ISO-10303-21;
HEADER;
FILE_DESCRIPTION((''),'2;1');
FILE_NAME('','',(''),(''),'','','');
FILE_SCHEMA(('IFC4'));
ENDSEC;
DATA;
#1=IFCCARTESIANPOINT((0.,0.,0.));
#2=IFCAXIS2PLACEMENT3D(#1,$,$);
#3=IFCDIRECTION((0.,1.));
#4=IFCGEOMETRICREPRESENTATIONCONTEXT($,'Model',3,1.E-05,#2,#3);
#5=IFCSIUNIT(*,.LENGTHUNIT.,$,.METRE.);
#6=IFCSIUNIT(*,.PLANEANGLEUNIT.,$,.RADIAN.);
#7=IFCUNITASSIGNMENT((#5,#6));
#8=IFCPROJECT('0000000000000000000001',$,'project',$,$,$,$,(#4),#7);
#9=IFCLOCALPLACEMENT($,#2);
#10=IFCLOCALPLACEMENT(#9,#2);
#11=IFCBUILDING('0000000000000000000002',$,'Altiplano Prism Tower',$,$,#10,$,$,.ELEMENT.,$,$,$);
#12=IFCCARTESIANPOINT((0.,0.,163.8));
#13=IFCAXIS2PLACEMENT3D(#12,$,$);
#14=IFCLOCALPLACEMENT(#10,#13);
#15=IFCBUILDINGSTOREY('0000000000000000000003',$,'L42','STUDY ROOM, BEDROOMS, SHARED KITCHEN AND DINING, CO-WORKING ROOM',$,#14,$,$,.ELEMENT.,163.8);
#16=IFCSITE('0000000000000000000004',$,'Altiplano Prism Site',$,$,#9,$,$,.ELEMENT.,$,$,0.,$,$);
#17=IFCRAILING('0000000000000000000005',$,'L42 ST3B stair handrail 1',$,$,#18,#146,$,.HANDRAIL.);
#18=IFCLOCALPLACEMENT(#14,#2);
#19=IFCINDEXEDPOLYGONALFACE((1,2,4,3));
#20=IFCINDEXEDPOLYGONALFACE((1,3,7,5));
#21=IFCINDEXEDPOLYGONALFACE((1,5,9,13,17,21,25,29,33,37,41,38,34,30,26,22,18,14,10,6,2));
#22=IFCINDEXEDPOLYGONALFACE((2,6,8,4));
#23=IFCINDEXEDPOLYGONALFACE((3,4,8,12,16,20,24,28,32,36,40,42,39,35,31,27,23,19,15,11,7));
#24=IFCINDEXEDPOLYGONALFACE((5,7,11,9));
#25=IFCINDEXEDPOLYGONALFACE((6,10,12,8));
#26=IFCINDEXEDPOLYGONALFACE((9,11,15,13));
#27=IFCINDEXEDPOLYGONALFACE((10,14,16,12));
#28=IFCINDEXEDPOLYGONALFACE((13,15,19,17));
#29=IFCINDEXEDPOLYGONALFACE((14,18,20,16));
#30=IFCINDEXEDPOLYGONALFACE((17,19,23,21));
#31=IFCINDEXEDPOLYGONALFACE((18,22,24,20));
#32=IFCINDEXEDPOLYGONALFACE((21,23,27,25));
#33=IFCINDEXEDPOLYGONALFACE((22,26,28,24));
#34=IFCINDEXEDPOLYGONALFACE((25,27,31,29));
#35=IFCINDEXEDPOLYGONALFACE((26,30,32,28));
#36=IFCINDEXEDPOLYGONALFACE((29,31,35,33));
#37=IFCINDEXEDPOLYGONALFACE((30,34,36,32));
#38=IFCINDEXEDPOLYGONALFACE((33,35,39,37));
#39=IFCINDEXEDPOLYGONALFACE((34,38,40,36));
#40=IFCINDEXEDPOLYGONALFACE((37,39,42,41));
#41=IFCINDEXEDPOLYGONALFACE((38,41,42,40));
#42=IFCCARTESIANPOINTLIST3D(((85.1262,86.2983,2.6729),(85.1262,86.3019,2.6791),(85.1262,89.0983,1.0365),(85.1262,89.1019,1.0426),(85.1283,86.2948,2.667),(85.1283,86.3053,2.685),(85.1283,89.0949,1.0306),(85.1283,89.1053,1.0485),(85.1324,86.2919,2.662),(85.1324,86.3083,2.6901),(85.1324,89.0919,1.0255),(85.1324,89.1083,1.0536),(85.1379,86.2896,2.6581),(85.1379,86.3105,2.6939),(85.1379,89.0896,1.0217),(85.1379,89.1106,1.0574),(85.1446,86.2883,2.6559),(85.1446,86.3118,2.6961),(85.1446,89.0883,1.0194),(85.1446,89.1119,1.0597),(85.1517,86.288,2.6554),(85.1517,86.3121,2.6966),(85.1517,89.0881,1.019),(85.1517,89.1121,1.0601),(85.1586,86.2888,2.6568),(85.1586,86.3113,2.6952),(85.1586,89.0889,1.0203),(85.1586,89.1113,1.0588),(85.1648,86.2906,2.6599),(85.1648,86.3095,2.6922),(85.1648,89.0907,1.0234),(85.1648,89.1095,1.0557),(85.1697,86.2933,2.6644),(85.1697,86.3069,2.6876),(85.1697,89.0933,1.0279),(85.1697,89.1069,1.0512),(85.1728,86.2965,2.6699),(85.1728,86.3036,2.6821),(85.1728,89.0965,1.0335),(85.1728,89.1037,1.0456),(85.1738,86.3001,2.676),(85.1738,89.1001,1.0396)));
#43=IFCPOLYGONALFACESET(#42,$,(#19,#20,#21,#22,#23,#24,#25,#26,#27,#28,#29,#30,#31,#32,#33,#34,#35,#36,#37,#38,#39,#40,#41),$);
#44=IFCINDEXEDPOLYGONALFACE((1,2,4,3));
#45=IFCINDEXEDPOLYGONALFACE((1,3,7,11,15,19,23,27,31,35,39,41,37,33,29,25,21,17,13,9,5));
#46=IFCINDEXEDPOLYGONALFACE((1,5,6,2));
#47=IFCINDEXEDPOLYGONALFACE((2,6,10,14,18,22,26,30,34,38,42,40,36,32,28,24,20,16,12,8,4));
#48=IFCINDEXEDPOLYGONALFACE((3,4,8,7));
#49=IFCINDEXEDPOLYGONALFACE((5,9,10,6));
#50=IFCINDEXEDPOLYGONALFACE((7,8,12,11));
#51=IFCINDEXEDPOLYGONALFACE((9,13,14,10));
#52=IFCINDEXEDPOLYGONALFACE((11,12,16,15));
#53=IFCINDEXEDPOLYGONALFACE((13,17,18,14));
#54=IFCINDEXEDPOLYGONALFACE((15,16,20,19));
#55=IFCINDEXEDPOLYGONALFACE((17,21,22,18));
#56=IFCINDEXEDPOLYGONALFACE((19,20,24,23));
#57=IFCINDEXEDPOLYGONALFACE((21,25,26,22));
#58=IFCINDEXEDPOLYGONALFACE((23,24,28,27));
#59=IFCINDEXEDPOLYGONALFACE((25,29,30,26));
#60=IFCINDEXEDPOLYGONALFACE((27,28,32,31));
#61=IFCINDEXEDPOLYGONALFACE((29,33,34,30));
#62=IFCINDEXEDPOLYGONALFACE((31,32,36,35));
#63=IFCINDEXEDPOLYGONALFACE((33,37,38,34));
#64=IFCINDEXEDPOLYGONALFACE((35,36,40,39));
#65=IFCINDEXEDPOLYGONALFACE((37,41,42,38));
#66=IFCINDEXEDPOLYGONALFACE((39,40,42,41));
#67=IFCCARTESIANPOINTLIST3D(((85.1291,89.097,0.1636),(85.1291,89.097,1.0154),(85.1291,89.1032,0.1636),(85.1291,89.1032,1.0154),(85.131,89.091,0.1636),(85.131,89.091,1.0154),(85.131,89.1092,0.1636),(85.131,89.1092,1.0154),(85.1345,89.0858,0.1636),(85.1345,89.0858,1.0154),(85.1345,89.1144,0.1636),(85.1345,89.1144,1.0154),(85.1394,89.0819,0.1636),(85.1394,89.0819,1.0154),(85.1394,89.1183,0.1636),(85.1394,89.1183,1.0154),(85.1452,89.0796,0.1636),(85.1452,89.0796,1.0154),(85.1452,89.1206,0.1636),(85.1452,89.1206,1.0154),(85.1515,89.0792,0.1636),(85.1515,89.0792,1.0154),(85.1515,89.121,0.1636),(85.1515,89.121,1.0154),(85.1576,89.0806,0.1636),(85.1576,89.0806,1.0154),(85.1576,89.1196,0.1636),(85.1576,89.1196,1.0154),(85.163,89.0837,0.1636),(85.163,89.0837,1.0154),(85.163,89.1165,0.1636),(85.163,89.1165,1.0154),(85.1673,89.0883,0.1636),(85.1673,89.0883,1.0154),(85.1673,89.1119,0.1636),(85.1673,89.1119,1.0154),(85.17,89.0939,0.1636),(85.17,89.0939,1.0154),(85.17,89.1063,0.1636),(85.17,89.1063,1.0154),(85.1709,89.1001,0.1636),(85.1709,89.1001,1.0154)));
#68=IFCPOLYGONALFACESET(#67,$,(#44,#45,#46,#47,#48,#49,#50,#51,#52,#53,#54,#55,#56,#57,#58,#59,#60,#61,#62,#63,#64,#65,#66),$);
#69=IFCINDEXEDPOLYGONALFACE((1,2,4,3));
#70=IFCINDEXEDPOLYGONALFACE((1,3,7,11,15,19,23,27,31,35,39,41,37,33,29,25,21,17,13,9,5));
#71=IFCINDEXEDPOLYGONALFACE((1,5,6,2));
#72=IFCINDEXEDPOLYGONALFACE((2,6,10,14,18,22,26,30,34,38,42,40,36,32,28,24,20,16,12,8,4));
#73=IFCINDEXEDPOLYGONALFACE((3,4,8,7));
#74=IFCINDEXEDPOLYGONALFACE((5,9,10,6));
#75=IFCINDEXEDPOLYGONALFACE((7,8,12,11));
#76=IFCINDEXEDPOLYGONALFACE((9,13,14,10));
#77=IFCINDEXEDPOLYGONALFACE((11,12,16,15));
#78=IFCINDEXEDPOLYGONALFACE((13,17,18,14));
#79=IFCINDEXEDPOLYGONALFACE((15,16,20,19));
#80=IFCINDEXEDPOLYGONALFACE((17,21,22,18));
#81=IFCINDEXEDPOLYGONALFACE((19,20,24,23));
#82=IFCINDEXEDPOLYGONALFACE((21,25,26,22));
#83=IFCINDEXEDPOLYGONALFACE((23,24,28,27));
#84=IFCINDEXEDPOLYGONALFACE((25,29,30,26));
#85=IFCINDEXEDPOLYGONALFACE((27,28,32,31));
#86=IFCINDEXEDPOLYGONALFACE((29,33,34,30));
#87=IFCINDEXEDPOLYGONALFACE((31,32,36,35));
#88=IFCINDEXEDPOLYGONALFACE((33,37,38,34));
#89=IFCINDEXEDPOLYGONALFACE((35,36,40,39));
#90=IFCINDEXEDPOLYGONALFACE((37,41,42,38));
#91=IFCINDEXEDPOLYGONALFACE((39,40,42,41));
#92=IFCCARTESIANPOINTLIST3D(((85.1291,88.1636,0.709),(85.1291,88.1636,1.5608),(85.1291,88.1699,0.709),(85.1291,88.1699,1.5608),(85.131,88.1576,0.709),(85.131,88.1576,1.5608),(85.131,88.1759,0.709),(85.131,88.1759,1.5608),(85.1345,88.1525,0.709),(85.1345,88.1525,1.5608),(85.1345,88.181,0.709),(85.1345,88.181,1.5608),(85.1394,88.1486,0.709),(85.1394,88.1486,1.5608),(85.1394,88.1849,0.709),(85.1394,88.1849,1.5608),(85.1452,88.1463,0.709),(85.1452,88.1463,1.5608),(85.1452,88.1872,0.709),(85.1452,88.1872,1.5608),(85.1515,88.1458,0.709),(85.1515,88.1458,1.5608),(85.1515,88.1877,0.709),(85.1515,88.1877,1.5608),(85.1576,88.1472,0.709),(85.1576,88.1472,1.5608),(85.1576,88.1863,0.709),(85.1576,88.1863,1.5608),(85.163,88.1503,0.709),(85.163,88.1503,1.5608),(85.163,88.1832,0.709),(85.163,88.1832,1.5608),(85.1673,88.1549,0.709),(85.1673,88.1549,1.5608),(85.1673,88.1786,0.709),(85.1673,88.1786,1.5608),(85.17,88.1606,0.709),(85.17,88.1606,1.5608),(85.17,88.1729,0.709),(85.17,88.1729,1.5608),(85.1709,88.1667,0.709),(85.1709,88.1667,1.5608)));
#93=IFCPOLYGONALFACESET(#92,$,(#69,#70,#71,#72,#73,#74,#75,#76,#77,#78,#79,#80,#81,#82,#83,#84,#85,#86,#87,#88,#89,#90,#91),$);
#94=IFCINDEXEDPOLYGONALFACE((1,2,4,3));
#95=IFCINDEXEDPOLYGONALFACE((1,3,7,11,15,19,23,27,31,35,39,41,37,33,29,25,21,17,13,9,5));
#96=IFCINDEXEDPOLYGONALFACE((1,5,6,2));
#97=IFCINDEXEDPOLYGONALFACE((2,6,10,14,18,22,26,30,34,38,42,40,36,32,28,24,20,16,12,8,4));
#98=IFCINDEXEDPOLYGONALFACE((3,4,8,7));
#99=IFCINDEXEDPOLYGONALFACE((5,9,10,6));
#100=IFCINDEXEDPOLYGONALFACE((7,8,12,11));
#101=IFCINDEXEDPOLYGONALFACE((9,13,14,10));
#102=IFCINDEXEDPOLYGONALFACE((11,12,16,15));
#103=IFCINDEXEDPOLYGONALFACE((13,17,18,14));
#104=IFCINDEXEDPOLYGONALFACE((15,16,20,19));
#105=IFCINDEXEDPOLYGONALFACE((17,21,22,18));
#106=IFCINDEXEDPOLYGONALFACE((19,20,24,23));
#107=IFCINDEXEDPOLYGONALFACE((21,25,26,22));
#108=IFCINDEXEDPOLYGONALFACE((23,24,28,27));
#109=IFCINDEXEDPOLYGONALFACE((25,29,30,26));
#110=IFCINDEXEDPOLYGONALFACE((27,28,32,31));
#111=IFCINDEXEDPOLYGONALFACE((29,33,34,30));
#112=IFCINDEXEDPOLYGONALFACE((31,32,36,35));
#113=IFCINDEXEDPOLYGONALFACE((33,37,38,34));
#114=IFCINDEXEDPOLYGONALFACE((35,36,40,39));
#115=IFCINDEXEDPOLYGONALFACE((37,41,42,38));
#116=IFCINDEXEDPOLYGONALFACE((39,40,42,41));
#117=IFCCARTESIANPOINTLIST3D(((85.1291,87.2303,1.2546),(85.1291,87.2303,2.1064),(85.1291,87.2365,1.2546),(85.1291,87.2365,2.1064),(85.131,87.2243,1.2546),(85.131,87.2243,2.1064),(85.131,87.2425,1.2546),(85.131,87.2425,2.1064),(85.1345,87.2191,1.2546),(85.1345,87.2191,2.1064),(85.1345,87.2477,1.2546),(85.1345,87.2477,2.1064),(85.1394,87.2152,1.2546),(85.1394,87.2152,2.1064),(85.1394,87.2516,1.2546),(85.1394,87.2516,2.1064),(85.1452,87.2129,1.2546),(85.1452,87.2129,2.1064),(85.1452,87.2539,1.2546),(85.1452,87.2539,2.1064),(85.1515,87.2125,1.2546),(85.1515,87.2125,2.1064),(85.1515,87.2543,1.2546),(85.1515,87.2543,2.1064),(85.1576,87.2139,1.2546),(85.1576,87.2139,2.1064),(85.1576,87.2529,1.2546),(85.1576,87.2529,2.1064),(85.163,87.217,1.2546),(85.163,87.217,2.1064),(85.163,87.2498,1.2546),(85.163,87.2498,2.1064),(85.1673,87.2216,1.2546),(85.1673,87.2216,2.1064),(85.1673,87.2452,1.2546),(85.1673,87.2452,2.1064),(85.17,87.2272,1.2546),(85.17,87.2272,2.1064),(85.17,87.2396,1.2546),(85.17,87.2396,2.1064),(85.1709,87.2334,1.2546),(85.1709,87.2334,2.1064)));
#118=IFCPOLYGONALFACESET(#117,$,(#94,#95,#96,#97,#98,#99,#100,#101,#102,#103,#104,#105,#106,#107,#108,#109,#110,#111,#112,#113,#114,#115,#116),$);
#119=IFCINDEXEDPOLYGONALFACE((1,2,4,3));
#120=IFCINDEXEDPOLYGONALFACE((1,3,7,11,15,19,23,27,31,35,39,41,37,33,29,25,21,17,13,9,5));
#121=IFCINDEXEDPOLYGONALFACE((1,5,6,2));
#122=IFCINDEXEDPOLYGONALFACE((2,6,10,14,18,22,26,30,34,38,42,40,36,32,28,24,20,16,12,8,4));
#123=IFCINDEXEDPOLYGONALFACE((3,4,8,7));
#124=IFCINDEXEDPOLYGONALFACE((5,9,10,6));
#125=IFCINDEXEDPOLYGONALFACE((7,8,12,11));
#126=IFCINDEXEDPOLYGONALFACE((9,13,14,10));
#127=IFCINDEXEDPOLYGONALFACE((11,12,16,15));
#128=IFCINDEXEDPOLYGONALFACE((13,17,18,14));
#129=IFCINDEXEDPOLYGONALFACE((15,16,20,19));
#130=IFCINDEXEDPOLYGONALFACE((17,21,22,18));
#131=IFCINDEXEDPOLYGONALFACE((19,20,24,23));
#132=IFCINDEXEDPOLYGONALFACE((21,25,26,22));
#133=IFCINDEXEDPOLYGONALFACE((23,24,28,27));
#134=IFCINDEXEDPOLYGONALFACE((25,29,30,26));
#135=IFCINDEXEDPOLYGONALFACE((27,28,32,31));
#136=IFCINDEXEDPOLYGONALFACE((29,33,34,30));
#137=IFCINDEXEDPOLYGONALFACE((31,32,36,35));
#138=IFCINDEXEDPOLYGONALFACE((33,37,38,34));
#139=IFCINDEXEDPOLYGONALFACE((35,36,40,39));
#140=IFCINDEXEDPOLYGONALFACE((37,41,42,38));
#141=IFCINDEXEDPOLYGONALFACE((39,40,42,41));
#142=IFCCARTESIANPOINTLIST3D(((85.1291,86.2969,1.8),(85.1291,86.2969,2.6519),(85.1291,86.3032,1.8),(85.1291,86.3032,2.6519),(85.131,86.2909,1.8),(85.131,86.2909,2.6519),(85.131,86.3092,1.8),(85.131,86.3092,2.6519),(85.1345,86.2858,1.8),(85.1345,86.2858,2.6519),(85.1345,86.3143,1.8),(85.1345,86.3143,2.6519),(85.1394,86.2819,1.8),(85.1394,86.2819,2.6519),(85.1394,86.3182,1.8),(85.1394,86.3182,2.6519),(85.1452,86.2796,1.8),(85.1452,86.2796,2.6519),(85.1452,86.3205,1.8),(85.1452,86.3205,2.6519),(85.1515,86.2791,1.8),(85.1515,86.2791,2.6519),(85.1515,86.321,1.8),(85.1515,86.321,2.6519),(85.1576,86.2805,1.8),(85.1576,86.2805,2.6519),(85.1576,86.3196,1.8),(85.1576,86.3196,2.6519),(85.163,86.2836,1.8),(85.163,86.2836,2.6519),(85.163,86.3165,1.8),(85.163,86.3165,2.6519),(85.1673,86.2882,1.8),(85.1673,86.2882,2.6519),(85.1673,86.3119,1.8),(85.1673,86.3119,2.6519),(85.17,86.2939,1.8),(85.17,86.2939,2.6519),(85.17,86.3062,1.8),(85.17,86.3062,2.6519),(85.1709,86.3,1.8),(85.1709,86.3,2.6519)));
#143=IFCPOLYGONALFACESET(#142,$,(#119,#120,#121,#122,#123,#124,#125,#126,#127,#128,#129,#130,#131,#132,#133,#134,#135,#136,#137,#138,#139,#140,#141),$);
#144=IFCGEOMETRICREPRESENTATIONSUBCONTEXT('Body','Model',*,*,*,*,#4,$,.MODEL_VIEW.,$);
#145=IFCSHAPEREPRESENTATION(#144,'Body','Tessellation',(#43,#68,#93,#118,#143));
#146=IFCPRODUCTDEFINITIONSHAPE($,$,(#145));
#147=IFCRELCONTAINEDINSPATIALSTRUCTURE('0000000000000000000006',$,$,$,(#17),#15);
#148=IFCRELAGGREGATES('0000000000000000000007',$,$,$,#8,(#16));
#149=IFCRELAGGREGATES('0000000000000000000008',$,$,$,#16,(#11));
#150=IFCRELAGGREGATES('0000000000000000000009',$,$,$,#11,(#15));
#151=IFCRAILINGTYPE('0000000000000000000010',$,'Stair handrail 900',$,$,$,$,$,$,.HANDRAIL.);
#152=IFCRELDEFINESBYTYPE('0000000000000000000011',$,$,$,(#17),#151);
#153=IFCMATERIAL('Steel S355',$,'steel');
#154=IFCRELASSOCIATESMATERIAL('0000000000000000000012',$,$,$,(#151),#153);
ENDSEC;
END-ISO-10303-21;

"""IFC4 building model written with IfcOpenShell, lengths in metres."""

from ifc_helpers import new_model, si_unit, direction, frame, origin, origin_2d, place, context, subcontext, project, spatial, circle, extrude, material, type_object, element, save


model = new_model("IFC4")

# Units and contexts
model_context = context("Model", 3, precision=1e-05, world=origin(), true_north=direction((0.0, 1.0)))
body_context = subcontext(model_context, "Body", "Model", "MODEL_VIEW")
ifc_project = project(units=[si_unit("LENGTHUNIT", "METRE"), si_unit("PLANEANGLEUNIT", "RADIAN")], contexts=[model_context])

# Site, building, storey
site_placement = place(None, origin())
site = spatial("IfcSite", under=ifc_project, at=site_placement, Name="Altiplano Prism Site", CompositionType="ELEMENT", RefElevation=0.0)
building_placement = place(site_placement, origin())
building = spatial("IfcBuilding", under=site, at=building_placement, Name="Altiplano Prism Tower", CompositionType="ELEMENT")
storey_placement = place(building_placement, frame((0.0, 0.0, 163.8)))
storey = spatial("IfcBuildingStorey", under=building, at=storey_placement, Name="L42", Description="STUDY ROOM, BEDROOMS, SHARED KITCHEN AND DINING, CO-WORKING ROOM", CompositionType="ELEMENT", Elevation=163.8)

# Railing
ifc_material_1 = material(Name="Steel S355", Category="steel")
railing_type_1 = type_object("IfcRailingType", Name="Stair handrail 900", PredefinedType="HANDRAIL", material=ifc_material_1)
railing_1_placement = place(storey_placement, frame((85.1499, 89.1001, 0.1636)))
element("IfcRailing", 1, at=railing_1_placement, inside=storey, type_object=railing_type_1, Name="L42 ST3B stair handrail 1", PredefinedType="HANDRAIL", context=body_context, shape_type="SweptSolid", body=[
    extrude(circle(Radius=0.0239, at=origin_2d()), frame((0.0, 0.0, 0.876), z_axis=(0.0, -0.863361, 0.504587), x_axis=(1.0, 0.0, 0.0)), (0.0, 0.0, 1.0), 3.2432),
    extrude(circle(Radius=0.021, at=origin_2d()), origin(), (0.0, 0.0, 1.0), 0.8518),
    extrude(circle(Radius=0.021, at=origin_2d()), frame((0.0, -0.9333, 0.5454)), (0.0, 0.0, 1.0), 0.8518),
    extrude(circle(Radius=0.021, at=origin_2d()), frame((0.0, -1.8667, 1.0911)), (0.0, 0.0, 1.0), 0.8518),
    extrude(circle(Radius=0.021, at=origin_2d()), frame((0.0, -2.8, 1.6365)), (0.0, 0.0, 1.0), 0.8518),
])

save(model, "model.ifc")
